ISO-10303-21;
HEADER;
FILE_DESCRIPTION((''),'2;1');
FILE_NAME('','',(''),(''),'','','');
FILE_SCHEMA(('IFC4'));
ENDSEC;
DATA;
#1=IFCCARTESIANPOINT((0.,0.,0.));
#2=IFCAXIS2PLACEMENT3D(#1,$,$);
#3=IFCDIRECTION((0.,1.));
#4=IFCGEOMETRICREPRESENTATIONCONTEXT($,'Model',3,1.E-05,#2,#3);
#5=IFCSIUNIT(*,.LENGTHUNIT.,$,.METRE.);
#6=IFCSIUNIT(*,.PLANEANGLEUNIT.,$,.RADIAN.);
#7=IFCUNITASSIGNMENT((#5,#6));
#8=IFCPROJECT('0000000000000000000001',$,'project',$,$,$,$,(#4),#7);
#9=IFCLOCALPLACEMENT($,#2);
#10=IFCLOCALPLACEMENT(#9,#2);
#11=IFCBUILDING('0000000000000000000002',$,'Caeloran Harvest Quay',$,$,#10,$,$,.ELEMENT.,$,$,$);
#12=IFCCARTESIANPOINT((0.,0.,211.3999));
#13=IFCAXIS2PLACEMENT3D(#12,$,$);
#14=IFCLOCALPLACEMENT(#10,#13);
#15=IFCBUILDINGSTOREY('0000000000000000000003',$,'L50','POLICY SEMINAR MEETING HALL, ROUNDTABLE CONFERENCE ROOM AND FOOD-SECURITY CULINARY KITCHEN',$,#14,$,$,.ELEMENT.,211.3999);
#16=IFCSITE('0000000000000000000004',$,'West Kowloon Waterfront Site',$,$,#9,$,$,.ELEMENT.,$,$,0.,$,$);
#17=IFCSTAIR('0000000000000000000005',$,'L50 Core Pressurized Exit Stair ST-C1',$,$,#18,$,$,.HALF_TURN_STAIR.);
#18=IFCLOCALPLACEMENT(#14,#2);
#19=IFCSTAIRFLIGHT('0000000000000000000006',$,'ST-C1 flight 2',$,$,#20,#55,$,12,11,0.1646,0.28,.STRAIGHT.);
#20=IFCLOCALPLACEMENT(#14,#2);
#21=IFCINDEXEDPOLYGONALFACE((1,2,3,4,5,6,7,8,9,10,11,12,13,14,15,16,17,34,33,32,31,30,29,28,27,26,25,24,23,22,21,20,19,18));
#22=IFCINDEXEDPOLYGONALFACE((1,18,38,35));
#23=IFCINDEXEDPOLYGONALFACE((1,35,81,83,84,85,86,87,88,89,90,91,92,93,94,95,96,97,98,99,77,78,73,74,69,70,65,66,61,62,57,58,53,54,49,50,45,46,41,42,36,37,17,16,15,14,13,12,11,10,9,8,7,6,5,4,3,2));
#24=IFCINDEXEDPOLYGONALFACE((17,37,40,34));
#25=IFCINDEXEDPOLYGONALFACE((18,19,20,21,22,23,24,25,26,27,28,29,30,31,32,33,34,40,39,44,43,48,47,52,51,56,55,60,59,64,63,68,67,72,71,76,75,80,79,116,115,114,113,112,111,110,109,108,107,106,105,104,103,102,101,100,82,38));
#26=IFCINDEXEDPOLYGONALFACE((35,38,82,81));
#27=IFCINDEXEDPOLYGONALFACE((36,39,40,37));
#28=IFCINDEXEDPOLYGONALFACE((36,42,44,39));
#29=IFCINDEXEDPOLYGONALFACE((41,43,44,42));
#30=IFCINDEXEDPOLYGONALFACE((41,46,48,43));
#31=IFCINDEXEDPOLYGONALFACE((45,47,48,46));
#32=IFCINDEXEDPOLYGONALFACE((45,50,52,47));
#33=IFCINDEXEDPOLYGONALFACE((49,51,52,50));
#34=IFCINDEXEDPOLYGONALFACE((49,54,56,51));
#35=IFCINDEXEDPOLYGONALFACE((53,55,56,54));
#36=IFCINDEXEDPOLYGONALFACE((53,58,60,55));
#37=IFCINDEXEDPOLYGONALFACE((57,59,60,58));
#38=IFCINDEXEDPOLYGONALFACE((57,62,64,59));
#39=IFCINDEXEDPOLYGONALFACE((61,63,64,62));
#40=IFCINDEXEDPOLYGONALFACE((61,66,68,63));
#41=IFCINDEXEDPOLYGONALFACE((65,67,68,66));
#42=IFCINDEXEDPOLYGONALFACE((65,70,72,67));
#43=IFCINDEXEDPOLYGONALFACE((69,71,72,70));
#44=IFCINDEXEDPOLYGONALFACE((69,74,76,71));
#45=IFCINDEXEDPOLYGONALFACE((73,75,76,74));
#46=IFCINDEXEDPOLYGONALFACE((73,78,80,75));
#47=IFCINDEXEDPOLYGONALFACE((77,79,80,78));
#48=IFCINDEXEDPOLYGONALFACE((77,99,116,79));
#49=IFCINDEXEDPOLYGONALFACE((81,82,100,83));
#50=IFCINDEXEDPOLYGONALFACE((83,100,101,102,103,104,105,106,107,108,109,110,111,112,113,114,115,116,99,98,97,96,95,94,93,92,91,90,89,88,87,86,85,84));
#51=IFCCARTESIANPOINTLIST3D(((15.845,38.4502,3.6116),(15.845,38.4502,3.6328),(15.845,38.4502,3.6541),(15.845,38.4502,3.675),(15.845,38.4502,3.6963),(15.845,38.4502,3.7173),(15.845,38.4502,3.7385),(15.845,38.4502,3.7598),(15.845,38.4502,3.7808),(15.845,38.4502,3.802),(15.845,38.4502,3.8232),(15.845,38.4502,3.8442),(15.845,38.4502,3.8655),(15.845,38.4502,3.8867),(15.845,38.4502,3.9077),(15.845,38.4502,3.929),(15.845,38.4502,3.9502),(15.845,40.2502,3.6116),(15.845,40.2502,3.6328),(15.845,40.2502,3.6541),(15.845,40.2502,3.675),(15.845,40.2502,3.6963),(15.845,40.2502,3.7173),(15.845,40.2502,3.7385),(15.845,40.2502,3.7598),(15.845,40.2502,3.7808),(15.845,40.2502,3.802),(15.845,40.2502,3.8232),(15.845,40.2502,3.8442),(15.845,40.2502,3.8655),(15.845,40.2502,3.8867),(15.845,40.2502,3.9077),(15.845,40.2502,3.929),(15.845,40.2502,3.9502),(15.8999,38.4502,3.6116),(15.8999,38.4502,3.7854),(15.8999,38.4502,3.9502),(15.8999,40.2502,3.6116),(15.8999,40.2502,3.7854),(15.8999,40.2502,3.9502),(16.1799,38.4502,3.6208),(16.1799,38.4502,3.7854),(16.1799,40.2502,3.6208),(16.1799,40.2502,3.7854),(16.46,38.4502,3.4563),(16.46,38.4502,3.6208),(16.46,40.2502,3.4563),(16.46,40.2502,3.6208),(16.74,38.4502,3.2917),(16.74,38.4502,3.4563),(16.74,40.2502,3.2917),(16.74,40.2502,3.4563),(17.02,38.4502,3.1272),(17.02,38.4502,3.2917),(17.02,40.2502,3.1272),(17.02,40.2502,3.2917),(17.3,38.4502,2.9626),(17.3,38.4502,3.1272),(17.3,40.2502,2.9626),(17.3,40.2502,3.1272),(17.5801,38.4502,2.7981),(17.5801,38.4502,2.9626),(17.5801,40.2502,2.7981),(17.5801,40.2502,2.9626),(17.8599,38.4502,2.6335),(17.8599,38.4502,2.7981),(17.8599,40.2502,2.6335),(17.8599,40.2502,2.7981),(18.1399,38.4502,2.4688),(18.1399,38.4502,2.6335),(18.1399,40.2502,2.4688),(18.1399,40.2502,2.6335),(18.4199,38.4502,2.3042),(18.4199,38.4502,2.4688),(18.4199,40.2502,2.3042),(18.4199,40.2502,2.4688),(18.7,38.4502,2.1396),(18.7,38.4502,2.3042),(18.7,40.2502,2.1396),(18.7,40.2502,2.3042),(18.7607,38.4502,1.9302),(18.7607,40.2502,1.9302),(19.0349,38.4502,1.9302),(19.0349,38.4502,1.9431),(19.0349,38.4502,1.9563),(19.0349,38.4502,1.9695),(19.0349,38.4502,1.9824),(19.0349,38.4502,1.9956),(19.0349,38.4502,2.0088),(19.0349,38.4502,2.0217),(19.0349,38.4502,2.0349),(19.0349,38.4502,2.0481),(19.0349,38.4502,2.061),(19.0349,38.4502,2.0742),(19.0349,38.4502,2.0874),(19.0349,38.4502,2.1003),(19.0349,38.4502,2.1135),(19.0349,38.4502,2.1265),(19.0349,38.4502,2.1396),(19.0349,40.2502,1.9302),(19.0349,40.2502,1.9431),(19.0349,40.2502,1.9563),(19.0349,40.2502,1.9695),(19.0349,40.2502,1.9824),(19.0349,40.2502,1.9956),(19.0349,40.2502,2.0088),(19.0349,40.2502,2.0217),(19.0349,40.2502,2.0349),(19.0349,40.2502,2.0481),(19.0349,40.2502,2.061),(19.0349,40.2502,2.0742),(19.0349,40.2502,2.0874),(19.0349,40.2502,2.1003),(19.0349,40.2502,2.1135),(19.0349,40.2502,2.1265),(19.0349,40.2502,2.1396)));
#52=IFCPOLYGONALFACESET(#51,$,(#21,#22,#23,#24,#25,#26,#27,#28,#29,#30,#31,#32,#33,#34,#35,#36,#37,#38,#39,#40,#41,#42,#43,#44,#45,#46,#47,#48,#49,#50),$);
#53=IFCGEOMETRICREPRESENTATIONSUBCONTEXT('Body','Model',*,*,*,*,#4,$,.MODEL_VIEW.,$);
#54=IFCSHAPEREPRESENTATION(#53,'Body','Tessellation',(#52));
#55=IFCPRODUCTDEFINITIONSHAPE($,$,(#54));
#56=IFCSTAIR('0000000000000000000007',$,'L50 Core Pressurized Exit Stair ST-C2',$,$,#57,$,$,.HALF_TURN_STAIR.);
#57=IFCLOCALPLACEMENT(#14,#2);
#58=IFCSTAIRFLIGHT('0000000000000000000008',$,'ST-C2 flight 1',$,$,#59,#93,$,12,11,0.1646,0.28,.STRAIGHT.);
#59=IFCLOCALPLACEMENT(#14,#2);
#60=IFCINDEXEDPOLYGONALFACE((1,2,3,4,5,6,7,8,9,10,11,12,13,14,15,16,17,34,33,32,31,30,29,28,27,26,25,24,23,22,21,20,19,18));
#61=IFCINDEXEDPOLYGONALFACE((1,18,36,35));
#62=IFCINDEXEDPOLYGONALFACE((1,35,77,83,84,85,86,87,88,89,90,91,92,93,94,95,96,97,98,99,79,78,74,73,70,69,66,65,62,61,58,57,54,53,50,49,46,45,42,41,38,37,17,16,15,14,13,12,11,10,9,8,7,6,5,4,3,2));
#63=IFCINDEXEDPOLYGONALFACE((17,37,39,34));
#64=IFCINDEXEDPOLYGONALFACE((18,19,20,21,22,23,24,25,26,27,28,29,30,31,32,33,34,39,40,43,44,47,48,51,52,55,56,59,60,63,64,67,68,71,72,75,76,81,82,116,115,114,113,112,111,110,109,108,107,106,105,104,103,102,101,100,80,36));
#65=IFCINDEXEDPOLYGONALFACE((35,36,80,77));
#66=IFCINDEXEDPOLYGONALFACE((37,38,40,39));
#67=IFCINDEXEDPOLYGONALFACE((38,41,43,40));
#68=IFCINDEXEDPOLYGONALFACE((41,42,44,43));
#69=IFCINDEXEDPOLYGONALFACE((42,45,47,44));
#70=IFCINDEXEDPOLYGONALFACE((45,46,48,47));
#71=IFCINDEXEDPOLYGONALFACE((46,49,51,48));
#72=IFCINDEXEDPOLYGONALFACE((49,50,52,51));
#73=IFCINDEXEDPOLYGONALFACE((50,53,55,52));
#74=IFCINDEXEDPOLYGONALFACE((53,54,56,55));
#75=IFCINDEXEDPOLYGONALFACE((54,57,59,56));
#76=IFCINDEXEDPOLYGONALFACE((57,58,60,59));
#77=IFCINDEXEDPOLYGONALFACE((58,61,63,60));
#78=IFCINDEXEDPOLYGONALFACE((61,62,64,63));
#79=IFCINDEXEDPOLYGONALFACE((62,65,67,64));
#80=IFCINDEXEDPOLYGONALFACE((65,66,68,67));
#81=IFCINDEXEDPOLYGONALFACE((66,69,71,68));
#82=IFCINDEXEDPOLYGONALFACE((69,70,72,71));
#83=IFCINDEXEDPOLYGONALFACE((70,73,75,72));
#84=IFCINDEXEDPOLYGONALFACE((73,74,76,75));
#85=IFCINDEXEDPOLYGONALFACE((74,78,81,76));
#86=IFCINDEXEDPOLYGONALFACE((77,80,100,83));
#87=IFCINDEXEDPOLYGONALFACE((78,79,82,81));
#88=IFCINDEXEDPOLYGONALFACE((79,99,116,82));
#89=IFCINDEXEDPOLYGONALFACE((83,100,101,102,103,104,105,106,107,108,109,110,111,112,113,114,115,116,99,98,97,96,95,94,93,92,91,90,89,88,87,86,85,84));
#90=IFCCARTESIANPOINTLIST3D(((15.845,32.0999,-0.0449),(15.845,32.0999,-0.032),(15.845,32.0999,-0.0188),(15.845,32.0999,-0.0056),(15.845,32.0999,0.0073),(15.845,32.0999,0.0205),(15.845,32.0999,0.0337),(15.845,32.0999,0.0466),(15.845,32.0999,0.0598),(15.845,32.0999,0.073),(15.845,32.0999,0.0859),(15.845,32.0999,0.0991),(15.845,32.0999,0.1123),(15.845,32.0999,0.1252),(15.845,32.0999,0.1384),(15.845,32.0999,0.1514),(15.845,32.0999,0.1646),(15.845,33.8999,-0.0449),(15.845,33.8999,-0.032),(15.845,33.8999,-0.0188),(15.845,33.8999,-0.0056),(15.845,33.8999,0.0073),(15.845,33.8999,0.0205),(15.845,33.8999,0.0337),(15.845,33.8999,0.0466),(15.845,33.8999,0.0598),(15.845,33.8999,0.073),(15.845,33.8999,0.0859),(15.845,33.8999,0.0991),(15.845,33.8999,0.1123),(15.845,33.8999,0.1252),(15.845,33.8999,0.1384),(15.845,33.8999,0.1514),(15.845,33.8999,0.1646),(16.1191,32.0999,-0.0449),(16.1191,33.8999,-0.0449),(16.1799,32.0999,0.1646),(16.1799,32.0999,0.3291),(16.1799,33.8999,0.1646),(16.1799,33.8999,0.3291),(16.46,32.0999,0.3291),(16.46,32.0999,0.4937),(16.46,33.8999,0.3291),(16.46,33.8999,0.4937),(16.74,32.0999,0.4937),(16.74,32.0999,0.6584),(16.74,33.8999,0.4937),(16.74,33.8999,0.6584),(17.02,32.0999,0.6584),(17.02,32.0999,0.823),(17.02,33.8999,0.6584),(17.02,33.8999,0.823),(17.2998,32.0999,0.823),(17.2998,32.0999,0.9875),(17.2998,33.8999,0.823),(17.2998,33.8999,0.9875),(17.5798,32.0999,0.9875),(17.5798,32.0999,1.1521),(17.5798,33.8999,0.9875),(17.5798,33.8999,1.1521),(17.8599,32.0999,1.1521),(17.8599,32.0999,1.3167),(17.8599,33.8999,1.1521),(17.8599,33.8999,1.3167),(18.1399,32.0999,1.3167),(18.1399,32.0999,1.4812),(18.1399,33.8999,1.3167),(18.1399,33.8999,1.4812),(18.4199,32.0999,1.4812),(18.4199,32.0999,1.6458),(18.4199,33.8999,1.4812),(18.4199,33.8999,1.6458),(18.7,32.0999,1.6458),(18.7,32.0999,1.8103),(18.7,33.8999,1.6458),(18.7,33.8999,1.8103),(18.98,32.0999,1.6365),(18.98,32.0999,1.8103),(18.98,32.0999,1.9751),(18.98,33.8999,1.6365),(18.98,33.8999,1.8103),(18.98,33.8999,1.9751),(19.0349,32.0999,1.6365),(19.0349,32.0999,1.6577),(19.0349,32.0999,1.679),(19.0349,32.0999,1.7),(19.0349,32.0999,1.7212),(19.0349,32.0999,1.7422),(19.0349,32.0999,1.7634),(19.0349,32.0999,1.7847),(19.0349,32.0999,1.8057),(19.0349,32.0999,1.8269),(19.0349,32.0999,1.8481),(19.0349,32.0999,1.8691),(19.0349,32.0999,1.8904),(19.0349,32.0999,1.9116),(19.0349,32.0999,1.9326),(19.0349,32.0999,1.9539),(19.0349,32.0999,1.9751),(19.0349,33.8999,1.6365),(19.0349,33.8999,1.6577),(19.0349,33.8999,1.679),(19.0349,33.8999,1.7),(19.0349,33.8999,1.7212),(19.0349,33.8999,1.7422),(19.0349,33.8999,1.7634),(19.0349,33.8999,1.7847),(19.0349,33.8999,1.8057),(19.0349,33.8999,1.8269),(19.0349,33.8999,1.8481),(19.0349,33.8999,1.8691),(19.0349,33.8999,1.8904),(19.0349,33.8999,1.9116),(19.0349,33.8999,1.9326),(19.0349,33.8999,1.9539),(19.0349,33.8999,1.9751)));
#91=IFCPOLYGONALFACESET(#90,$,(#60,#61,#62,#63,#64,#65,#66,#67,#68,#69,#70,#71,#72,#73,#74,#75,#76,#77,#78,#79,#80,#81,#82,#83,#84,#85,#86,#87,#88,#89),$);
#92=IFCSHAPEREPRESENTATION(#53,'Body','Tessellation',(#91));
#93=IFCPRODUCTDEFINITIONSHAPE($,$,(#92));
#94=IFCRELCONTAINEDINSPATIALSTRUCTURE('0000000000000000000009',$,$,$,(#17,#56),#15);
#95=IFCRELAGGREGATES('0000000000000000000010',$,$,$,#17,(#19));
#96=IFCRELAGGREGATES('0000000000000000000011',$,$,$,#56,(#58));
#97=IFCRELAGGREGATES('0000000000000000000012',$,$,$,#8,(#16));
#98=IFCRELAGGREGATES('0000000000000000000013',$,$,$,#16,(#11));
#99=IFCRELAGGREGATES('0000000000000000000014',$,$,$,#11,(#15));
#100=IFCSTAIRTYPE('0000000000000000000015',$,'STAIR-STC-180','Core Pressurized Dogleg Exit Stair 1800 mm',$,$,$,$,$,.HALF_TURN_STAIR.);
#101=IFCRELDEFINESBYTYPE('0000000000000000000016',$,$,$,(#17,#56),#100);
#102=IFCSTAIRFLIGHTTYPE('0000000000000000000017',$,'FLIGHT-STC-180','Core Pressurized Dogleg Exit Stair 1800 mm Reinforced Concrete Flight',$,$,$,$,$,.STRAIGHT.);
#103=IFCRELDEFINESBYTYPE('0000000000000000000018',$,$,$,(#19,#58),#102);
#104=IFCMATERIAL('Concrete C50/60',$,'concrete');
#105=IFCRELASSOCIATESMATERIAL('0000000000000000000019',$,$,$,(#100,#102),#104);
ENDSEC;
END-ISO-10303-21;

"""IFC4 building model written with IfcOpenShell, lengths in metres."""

from ifc_helpers import new_model, si_unit, direction, frame, origin, place, context, subcontext, project, spatial, polyline, outline, extrude, material, type_object, element, aggregate, save


model = new_model("IFC4")

# Units and contexts
model_context = context("Model", 3, precision=1e-05, world=origin(), true_north=direction((0.0, 1.0)))
body_context = subcontext(model_context, "Body", "Model", "MODEL_VIEW")
ifc_project = project(units=[si_unit("LENGTHUNIT", "METRE"), si_unit("PLANEANGLEUNIT", "RADIAN")], contexts=[model_context])

# Site, building, storey
site_placement = place(None, origin())
site = spatial("IfcSite", under=ifc_project, at=site_placement, Name="West Kowloon Waterfront Site", CompositionType="ELEMENT", RefElevation=0.0)
building_placement = place(site_placement, origin())
building = spatial("IfcBuilding", under=site, at=building_placement, Name="Caeloran Harvest Quay", CompositionType="ELEMENT")
storey_placement = place(building_placement, frame((0.0, 0.0, 211.3999)))
storey = spatial("IfcBuildingStorey", under=building, at=storey_placement, Name="L50", Description="POLICY SEMINAR MEETING HALL, ROUNDTABLE CONFERENCE ROOM AND FOOD-SECURITY CULINARY KITCHEN", CompositionType="ELEMENT", Elevation=211.3999)

# Shared definitions
ifc_material_1 = material(Name="Concrete C50/60", Category="concrete")

# Stairs, stair flights
stair_type = type_object("IfcStairType", Name="STAIR-STC-180", Description="Core Pressurized Dogleg Exit Stair 1800 mm", PredefinedType="HALF_TURN_STAIR", material=ifc_material_1)
stair_1_placement = place(storey_placement, origin())
stair_1 = element("IfcStair", 1, at=stair_1_placement, inside=storey, type_object=stair_type, Name="L50 Core Pressurized Exit Stair ST-C1", PredefinedType="HALF_TURN_STAIR")
stair_flight_type = type_object("IfcStairFlightType", Name="FLIGHT-STC-180", Description="Core Pressurized Dogleg Exit Stair 1800 mm Reinforced Concrete Flight", PredefinedType="STRAIGHT", material=ifc_material_1)
stair_flight_1_placement = place(storey_placement, frame((18.98, 39.3501, 1.9751), z_axis=(0.0, 0.0, 1.0), x_axis=(-1.0, 0.0, 0.0)))
stair_flight_1 = element("IfcStairFlight", 2, at=stair_flight_1_placement, type_object=stair_flight_type, Name="ST-C1 flight 2", NumberOfRisers=12, NumberOfTreads=11, PredefinedType="STRAIGHT", RiserHeight=0.1646, TreadLength=0.28, context=body_context, shape_type="SweptSolid", body=[
    extrude(outline(polyline([(-0.0549, -0.0449), (-0.0549, -0.032), (-0.0549, -0.0188), (-0.0549, -0.0056), (-0.0549, 0.0073), (-0.0549, 0.0205), (-0.0549, 0.0337), (-0.0549, 0.0466), (-0.0549, 0.0598), (-0.0549, 0.073), (-0.0549, 0.0859), (-0.0549, 0.0991), (-0.0549, 0.1123), (-0.0549, 0.1252), (-0.0549, 0.1384), (-0.0549, 0.1514), (-0.0549, 0.1646), (0.28, 0.1646), (0.28, 0.3291), (0.5601, 0.3291), (0.5601, 0.4937), (0.8401, 0.4937), (0.8401, 0.6584), (1.1201, 0.6584), (1.1201, 0.823), (1.3999, 0.823), (1.3999, 0.9875), (1.6799, 0.9875), (1.6799, 1.1521), (1.96, 1.1521), (1.96, 1.3167), (2.24, 1.3167), (2.24, 1.4812), (2.52, 1.4812), (2.52, 1.6458), (2.8, 1.6458), (2.8, 1.8103), (3.0801, 1.8103), (3.0801, 1.9751), (3.135, 1.9751), (3.135, 1.9539), (3.135, 1.9326), (3.135, 1.9116), (3.135, 1.8904), (3.135, 1.8691), (3.135, 1.8481), (3.135, 1.8269), (3.135, 1.8057), (3.135, 1.7847), (3.135, 1.7634), (3.135, 1.7422), (3.135, 1.7212), (3.135, 1.7), (3.135, 1.679), (3.135, 1.6577), (3.135, 1.6365), (3.0801, 1.6365), (0.2192, -0.0449), (-0.0549, -0.0449)])), frame((0.0, 0.8999, 0.0), z_axis=(0.0, -1.0, 0.0), x_axis=(1.0, 0.0, 0.0)), (0.0, 0.0, 1.0), 1.8),
])
aggregate(stair_1, [stair_flight_1])
stair_2_placement = place(storey_placement, origin())
stair_2 = element("IfcStair", 3, at=stair_2_placement, inside=storey, type_object=stair_type, Name="L50 Core Pressurized Exit Stair ST-C2", PredefinedType="HALF_TURN_STAIR")
stair_flight_2_placement = place(storey_placement, frame((15.8999, 33.0, 0.0), z_axis=(0.0, 0.0, 1.0), x_axis=(1.0, 0.0, 0.0)))
stair_flight_2 = element("IfcStairFlight", 4, at=stair_flight_2_placement, type_object=stair_flight_type, Name="ST-C2 flight 1", NumberOfRisers=12, NumberOfTreads=11, PredefinedType="STRAIGHT", RiserHeight=0.1646, TreadLength=0.28, context=body_context, shape_type="SweptSolid", body=[
    extrude(outline(polyline([(-0.0549, -0.0449), (-0.0549, -0.032), (-0.0549, -0.0188), (-0.0549, -0.0056), (-0.0549, 0.0073), (-0.0549, 0.0205), (-0.0549, 0.0337), (-0.0549, 0.0466), (-0.0549, 0.0598), (-0.0549, 0.073), (-0.0549, 0.0859), (-0.0549, 0.0991), (-0.0549, 0.1123), (-0.0549, 0.1252), (-0.0549, 0.1384), (-0.0549, 0.1514), (-0.0549, 0.1646), (0.28, 0.1646), (0.28, 0.3291), (0.5601, 0.3291), (0.5601, 0.4937), (0.8401, 0.4937), (0.8401, 0.6584), (1.1201, 0.6584), (1.1201, 0.823), (1.3999, 0.823), (1.3999, 0.9875), (1.6799, 0.9875), (1.6799, 1.1521), (1.96, 1.1521), (1.96, 1.3167), (2.24, 1.3167), (2.24, 1.4812), (2.52, 1.4812), (2.52, 1.6458), (2.8, 1.6458), (2.8, 1.8103), (3.0801, 1.8103), (3.0801, 1.9751), (3.135, 1.9751), (3.135, 1.9539), (3.135, 1.9326), (3.135, 1.9116), (3.135, 1.8904), (3.135, 1.8691), (3.135, 1.8481), (3.135, 1.8269), (3.135, 1.8057), (3.135, 1.7847), (3.135, 1.7634), (3.135, 1.7422), (3.135, 1.7212), (3.135, 1.7), (3.135, 1.679), (3.135, 1.6577), (3.135, 1.6365), (3.0801, 1.6365), (0.2192, -0.0449), (-0.0549, -0.0449)])), frame((0.0, 0.8999, 0.0), z_axis=(0.0, -1.0, 0.0), x_axis=(1.0, 0.0, 0.0)), (0.0, 0.0, 1.0), 1.8),
])
aggregate(stair_2, [stair_flight_2])

save(model, "model.ifc")
